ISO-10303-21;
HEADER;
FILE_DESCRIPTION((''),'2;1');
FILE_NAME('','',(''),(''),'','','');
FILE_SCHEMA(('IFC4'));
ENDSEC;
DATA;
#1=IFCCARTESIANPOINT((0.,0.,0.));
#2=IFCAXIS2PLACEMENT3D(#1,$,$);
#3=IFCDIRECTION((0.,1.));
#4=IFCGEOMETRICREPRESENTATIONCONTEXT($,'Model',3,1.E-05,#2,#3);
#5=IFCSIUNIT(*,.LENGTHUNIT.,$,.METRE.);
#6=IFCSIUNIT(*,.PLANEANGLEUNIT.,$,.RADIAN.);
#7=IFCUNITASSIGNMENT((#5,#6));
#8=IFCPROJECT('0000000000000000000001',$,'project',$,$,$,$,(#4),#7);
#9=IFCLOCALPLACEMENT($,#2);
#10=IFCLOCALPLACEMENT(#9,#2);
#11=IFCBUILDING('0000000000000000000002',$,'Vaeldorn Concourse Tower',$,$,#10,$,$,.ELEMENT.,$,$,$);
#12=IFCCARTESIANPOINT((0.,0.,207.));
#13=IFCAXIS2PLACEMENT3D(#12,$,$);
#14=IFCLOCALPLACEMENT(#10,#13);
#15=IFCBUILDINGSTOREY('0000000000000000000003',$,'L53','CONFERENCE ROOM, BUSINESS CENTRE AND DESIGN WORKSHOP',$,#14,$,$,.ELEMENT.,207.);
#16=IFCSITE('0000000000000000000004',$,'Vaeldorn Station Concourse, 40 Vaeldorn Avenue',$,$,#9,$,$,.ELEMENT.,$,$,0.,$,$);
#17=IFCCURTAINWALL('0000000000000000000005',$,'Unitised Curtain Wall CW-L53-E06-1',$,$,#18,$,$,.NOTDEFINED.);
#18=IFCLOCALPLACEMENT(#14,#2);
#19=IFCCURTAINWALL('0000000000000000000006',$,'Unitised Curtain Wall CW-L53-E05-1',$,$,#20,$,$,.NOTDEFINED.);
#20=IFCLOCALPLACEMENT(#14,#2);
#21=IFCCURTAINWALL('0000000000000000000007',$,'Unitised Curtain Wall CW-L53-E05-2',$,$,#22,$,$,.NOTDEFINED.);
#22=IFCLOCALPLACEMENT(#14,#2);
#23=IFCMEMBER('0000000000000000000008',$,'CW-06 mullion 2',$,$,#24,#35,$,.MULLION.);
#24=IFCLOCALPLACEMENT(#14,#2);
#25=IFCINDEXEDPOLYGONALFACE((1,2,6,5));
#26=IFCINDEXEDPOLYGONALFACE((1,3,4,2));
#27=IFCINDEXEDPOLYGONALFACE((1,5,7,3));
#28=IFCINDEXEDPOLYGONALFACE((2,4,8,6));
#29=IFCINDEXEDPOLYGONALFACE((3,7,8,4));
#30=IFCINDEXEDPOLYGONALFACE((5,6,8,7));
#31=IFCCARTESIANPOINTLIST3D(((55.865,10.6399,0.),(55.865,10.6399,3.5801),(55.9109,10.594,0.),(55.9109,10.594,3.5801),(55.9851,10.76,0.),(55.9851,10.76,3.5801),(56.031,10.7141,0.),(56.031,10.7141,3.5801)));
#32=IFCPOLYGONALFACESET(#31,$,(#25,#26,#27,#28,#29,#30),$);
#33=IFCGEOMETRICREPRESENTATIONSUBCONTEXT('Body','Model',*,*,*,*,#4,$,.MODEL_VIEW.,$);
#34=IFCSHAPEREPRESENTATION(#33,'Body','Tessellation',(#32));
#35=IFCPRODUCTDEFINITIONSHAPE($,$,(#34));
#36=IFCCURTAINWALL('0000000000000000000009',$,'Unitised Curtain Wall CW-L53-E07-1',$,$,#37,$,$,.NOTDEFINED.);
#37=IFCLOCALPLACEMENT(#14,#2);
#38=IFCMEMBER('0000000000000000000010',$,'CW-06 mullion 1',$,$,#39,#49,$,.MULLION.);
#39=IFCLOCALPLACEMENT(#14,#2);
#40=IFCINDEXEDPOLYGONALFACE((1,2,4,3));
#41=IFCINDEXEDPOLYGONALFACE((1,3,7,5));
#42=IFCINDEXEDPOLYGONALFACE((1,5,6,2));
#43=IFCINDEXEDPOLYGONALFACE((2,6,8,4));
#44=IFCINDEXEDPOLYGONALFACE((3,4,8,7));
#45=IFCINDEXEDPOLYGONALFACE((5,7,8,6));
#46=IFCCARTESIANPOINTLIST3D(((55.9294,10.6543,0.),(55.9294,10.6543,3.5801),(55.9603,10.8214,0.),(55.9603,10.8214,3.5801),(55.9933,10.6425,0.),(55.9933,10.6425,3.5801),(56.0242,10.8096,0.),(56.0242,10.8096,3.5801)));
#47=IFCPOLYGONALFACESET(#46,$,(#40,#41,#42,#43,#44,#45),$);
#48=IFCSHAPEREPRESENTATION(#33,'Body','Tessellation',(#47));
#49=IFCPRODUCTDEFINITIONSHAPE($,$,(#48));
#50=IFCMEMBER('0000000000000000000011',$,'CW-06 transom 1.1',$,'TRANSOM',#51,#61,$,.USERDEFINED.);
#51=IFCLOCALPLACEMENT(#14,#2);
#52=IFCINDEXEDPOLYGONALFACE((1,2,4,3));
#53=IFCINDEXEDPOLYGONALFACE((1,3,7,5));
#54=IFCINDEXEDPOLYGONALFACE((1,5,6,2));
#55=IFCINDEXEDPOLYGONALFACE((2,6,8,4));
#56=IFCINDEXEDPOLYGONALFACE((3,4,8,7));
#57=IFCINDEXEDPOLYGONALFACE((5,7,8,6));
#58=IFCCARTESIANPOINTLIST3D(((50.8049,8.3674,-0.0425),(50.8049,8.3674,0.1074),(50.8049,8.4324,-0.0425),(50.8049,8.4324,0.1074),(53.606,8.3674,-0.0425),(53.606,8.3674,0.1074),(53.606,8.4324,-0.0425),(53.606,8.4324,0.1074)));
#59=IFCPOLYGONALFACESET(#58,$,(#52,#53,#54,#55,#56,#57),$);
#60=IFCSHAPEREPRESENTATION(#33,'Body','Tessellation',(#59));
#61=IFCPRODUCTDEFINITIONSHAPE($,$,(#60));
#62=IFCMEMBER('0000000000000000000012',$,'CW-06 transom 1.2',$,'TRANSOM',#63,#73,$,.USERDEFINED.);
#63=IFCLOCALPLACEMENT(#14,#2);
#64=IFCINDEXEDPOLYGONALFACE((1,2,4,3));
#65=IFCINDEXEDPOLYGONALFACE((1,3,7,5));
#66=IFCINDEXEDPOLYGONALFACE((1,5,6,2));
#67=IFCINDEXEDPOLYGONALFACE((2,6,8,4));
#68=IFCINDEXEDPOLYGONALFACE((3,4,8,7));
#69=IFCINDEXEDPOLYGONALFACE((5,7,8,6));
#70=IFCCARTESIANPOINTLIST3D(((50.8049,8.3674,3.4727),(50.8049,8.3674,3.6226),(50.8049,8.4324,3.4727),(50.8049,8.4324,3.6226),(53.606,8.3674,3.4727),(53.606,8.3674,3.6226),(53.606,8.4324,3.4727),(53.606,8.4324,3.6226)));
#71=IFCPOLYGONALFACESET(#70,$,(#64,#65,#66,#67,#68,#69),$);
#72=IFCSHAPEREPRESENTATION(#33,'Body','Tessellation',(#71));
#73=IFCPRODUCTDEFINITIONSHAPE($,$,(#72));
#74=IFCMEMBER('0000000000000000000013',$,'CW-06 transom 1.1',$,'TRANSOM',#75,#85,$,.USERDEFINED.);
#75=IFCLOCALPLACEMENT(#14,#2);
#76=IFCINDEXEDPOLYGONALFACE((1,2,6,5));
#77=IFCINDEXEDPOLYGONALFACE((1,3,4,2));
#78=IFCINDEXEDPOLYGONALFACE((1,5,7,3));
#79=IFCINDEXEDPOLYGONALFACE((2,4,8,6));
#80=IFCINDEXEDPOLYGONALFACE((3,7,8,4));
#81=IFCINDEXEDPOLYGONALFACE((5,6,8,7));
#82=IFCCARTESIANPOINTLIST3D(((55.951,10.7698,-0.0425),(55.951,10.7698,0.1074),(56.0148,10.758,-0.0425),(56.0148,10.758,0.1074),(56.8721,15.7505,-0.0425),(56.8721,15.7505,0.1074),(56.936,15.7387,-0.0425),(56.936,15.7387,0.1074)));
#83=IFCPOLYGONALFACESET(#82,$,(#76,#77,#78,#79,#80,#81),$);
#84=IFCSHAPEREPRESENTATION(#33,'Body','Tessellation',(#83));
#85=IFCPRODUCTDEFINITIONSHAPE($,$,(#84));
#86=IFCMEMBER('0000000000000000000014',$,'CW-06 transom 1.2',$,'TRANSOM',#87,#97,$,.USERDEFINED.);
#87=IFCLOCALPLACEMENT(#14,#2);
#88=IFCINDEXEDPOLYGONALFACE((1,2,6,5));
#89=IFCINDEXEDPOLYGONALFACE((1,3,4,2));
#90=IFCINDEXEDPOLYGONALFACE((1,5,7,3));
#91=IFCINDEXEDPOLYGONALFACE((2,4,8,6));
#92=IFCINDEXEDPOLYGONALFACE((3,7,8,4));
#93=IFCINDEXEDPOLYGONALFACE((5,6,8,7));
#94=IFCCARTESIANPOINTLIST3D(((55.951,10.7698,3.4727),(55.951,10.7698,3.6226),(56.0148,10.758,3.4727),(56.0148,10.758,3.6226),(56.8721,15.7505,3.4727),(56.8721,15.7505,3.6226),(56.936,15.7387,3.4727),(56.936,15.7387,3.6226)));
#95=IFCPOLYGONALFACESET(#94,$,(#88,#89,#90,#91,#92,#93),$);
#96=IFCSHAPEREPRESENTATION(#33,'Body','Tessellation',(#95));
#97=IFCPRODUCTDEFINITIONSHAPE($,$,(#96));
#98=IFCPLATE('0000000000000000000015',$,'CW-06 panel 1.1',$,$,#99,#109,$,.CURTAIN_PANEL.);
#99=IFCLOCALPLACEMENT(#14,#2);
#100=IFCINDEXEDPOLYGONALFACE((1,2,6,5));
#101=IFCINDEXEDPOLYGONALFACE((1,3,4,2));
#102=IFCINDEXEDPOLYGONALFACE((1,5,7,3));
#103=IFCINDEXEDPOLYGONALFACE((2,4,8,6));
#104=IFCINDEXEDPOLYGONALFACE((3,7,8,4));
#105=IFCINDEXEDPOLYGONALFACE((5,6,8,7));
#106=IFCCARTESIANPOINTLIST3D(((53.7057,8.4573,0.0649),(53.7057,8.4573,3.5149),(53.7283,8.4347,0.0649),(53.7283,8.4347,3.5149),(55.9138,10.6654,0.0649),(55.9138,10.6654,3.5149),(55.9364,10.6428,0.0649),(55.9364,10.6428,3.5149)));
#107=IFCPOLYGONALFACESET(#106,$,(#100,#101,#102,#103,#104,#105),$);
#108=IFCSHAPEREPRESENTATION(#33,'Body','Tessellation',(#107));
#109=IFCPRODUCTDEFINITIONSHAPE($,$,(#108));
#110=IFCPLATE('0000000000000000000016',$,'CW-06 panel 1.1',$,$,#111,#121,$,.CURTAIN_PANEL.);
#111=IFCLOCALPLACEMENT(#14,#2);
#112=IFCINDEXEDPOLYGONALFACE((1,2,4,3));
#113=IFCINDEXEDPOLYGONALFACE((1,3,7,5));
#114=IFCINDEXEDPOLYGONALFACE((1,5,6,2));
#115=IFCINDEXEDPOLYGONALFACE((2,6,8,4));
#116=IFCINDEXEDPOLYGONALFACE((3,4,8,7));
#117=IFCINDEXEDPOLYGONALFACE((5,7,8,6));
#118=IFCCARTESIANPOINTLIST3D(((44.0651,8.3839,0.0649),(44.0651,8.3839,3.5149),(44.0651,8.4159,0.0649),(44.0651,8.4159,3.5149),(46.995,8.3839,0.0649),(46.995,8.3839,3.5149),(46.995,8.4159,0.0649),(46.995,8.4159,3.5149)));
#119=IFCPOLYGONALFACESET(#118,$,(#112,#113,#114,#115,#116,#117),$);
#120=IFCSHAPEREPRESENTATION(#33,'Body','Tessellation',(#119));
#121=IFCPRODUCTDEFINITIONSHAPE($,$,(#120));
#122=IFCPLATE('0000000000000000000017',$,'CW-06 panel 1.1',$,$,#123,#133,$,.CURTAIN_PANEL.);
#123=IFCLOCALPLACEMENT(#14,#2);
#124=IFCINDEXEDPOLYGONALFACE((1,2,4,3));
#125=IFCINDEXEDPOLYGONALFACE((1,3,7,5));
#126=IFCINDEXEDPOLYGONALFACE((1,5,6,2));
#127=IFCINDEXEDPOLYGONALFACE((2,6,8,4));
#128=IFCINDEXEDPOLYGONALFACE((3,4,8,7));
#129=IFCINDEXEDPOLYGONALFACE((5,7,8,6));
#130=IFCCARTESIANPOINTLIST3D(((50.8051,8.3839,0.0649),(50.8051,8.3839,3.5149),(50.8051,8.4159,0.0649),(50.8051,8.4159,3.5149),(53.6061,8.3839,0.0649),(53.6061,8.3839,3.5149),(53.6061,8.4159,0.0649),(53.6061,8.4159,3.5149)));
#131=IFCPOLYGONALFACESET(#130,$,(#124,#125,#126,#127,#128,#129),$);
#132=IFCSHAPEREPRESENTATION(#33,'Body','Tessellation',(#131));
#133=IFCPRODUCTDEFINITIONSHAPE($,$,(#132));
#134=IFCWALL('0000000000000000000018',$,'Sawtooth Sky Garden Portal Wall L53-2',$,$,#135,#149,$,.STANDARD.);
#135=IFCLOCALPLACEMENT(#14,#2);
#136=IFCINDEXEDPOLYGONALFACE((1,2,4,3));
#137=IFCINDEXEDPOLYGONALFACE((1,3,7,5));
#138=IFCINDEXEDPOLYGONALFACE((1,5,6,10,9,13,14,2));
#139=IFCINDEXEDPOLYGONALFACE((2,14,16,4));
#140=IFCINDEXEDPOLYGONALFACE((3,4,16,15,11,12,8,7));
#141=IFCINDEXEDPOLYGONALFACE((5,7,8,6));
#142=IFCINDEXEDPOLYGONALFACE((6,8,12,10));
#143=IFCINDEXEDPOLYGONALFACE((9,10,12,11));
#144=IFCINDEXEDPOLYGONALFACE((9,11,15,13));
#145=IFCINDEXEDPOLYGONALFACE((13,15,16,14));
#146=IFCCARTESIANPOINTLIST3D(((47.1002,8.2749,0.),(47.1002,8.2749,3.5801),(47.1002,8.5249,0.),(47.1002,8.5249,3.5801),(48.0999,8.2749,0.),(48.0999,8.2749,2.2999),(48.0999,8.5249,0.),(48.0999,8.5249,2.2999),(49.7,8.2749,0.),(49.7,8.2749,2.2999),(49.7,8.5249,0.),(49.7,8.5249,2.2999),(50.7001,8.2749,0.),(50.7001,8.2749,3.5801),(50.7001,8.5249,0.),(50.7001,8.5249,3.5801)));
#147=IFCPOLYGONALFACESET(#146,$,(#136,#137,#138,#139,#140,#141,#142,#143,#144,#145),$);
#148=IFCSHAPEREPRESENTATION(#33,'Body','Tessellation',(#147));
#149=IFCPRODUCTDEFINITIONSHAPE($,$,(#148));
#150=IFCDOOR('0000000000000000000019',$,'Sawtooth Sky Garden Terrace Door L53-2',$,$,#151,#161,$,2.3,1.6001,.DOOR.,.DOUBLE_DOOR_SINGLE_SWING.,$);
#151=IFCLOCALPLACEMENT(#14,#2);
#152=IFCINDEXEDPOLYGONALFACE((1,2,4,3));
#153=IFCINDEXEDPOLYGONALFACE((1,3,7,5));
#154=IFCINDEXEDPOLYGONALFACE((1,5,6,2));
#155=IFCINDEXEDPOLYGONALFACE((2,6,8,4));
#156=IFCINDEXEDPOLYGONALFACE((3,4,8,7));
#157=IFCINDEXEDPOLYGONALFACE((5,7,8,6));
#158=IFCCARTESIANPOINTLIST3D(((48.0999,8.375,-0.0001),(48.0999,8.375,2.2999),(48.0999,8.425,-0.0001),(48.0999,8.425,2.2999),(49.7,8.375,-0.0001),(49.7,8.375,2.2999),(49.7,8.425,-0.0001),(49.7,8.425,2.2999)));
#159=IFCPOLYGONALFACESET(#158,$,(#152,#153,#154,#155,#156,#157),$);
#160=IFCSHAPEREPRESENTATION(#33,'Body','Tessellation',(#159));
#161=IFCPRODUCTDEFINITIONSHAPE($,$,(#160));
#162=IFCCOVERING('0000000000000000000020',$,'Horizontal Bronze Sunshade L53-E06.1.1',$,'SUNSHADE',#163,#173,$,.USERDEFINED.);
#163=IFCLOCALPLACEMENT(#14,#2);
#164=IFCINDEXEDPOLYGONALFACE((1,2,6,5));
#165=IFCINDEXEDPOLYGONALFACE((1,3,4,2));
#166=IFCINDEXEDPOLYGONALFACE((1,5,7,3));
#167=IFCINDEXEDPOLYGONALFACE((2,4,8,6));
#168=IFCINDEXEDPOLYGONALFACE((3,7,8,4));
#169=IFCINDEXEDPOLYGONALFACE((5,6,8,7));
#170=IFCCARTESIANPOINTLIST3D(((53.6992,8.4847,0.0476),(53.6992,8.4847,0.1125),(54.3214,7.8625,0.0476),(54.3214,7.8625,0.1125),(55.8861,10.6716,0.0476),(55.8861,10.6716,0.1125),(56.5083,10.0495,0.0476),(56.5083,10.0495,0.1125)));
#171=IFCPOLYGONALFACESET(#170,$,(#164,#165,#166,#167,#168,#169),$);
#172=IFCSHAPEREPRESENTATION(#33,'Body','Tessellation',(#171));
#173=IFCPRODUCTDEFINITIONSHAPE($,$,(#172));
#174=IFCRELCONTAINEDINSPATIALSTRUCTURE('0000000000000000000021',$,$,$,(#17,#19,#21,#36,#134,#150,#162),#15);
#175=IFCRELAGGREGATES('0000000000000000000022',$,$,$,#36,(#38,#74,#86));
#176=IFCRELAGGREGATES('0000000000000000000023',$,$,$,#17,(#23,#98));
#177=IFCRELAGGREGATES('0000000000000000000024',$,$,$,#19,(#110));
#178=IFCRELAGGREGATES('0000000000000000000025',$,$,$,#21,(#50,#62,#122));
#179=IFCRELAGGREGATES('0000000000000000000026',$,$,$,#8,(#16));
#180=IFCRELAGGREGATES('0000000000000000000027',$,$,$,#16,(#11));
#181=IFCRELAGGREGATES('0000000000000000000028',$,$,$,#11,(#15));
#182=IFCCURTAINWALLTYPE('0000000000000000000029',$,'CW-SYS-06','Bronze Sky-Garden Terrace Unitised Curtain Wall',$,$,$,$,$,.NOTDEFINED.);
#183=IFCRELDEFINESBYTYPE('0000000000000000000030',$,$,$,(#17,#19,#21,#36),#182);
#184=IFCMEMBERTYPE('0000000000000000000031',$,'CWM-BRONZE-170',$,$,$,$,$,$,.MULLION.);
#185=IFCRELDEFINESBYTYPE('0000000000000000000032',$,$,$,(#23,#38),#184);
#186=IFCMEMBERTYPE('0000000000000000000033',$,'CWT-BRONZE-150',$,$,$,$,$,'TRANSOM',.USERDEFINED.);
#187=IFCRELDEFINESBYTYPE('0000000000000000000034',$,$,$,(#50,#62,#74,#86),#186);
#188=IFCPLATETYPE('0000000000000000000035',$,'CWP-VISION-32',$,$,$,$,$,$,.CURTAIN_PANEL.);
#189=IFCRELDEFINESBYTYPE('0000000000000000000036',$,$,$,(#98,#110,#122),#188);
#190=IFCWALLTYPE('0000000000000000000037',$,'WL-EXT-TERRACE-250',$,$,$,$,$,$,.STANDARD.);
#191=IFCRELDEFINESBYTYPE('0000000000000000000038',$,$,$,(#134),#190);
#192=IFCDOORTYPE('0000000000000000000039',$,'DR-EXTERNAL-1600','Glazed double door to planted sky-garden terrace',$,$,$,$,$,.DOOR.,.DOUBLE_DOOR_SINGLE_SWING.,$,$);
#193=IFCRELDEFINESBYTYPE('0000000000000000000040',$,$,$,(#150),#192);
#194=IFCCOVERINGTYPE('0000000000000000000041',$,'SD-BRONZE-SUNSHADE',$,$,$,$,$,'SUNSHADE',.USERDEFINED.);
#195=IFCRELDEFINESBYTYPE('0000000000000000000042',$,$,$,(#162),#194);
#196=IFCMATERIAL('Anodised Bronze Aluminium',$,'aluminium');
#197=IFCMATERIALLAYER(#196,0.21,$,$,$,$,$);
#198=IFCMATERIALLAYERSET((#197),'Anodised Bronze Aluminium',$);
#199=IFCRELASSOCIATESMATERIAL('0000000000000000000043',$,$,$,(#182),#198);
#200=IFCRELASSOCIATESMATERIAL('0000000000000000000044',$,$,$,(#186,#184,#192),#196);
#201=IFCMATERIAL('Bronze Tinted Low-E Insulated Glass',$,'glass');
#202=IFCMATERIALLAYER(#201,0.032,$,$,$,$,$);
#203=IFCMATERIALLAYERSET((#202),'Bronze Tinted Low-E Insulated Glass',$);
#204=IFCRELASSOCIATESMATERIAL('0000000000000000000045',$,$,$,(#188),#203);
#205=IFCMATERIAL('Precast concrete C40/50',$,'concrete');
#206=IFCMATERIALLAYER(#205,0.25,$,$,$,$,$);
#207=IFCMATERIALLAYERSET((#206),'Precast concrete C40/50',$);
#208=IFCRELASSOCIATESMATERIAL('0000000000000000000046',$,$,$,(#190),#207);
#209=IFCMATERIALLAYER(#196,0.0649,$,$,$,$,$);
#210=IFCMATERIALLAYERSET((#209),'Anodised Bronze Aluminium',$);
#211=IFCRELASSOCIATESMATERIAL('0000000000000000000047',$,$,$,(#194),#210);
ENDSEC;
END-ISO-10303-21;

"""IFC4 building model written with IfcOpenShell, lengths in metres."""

from ifc_helpers import new_model, si_unit, direction, frame, frame_2d, origin, origin_2d, place, context, subcontext, project, spatial, rectangle, extrude, source, transform, mapped, material, layer, layer_set, material_profile, profile_set, type_object, element, fill, aggregate, save


model = new_model("IFC4")

# Units and contexts
model_context = context("Model", 3, precision=1e-05, world=origin(), true_north=direction((0.0, 1.0)))
body_context = subcontext(model_context, "Body", "Model", "MODEL_VIEW")
ifc_project = project(units=[si_unit("LENGTHUNIT", "METRE"), si_unit("PLANEANGLEUNIT", "RADIAN")], contexts=[model_context])

# Site, building, storey
site_placement = place(None, origin())
site = spatial("IfcSite", under=ifc_project, at=site_placement, Name="Vaeldorn Station Concourse, 40 Vaeldorn Avenue", CompositionType="ELEMENT", RefElevation=0.0)
building_placement = place(site_placement, origin())
building = spatial("IfcBuilding", under=site, at=building_placement, Name="Vaeldorn Concourse Tower", CompositionType="ELEMENT")
storey_placement = place(building_placement, frame((0.0, 0.0, 207.0)))
storey = spatial("IfcBuildingStorey", under=building, at=storey_placement, Name="L53", Description="CONFERENCE ROOM, BUSINESS CENTRE AND DESIGN WORKSHOP", CompositionType="ELEMENT", Elevation=207.0)

# Curtain wall
ifc_material_1 = material(Name="Anodised Bronze Aluminium", Category="aluminium")
ifc_layer_1 = layer(ifc_material_1, 0.21)
ifc_layer_set_1 = layer_set([ifc_layer_1], Name="Anodised Bronze Aluminium")
curtain_wall_type = type_object("IfcCurtainWallType", Name="CW-SYS-06", Description="Bronze Sky-Garden Terrace Unitised Curtain Wall", PredefinedType="NOTDEFINED", material=ifc_layer_set_1)
curtain_wall_1_placement = place(storey_placement, origin())
curtain_wall_1 = element("IfcCurtainWall", 1, at=curtain_wall_1_placement, inside=storey, type_object=curtain_wall_type, Name="Unitised Curtain Wall CW-L53-E06-1", PredefinedType="NOTDEFINED")
ifc_material_profile_1 = material_profile(ifc_material_1, rectangle(XDim=0.0649, YDim=0.1499, at=origin_2d()), Name="CWT 65x150")
ifc_profile_set_1 = profile_set([ifc_material_profile_1], Name="Anodised Bronze Aluminium")
member_type_1 = type_object("IfcMemberType", Name="CWT-BRONZE-150", ElementType="TRANSOM", PredefinedType="USERDEFINED", material=ifc_profile_set_1)

# Curtain wall
curtain_wall_2_placement = place(storey_placement, origin())
curtain_wall_2 = element("IfcCurtainWall", 2, at=curtain_wall_2_placement, inside=storey, type_object=curtain_wall_type, Name="Unitised Curtain Wall CW-L53-E05-1", PredefinedType="NOTDEFINED")
ifc_material_profile_2 = material_profile(ifc_material_1, rectangle(XDim=0.0649, YDim=0.1699, at=origin_2d()), Name="CWM 65x170")
ifc_profile_set_2 = profile_set([ifc_material_profile_2], Name="Anodised Bronze Aluminium")
member_type_2 = type_object("IfcMemberType", Name="CWM-BRONZE-170", PredefinedType="MULLION", material=ifc_profile_set_2)
shared_shape_1 = source(origin(), body_context, "Body", "SweptSolid", [
    extrude(rectangle(XDim=0.0649, YDim=0.1699, at=origin_2d()), origin(), (0.0, 0.0, 1.0), 3.5801),
])

# Curtain wall
curtain_wall_3_placement = place(storey_placement, origin())
curtain_wall_3 = element("IfcCurtainWall", 3, at=curtain_wall_3_placement, inside=storey, type_object=curtain_wall_type, Name="Unitised Curtain Wall CW-L53-E05-2", PredefinedType="NOTDEFINED")

# Member
member_1_placement = place(storey_placement, frame((55.948, 10.677, 0.0), z_axis=(0.0, 0.0, 1.0), x_axis=(-0.707107, 0.707107, 0.0)))
member_1 = element("IfcMember", 4, at=member_1_placement, type_object=member_type_2, Name="CW-06 mullion 2", PredefinedType="MULLION", context=body_context, shape_type="MappedRepresentation", body=[
    mapped(shared_shape_1, transform((0.0, 0.0, 0.0), scale=1.0)),
])

# Curtain wall, member
curtain_wall_4_placement = place(storey_placement, origin())
curtain_wall_4 = element("IfcCurtainWall", 5, at=curtain_wall_4_placement, inside=storey, type_object=curtain_wall_type, Name="Unitised Curtain Wall CW-L53-E07-1", PredefinedType="NOTDEFINED")
member_2_placement = place(storey_placement, frame((55.9768, 10.7319, 0.0), z_axis=(0.0, 0.0, 1.0), x_axis=(-0.983319, 0.181889, 0.0)))
member_2 = element("IfcMember", 6, at=member_2_placement, type_object=member_type_2, Name="CW-06 mullion 1", PredefinedType="MULLION", context=body_context, shape_type="MappedRepresentation", body=[
    mapped(shared_shape_1, transform((0.0, 0.0, 0.0), scale=1.0)),
])

# Members
shared_shape_2 = source(origin(), body_context, "Body", "SweptSolid", [
    extrude(rectangle(XDim=0.0649, YDim=0.1499, at=origin_2d()), origin(), (0.0, 0.0, 1.0), 2.801),
])
member_3_placement = place(storey_placement, frame((50.8049, 8.3999, 0.0325), z_axis=(1.0, 0.0, 0.0), x_axis=(0.0, 1.0, 0.0)))
member_3 = element("IfcMember", 7, at=member_3_placement, type_object=member_type_1, Name="CW-06 transom 1.1", ObjectType="TRANSOM", PredefinedType="USERDEFINED", context=body_context, shape_type="MappedRepresentation", body=[
    mapped(shared_shape_2, transform((0.0, 0.0, 0.0), scale=1.0)),
])
member_4_placement = place(storey_placement, frame((50.8049, 8.3999, 3.5476), z_axis=(1.0, 0.0, 0.0), x_axis=(0.0, 1.0, 0.0)))
member_4 = element("IfcMember", 8, at=member_4_placement, type_object=member_type_1, Name="CW-06 transom 1.2", ObjectType="TRANSOM", PredefinedType="USERDEFINED", context=body_context, shape_type="MappedRepresentation", body=[
    mapped(shared_shape_2, transform((0.0, 0.0, 0.0), scale=1.0)),
])
shared_shape_3 = source(origin(), body_context, "Body", "SweptSolid", [
    extrude(rectangle(XDim=0.0649, YDim=0.1499, at=origin_2d()), origin(), (0.0, 0.0, 1.0), 5.0652),
])
member_5_placement = place(storey_placement, frame((55.9829, 10.7639, 0.0325), z_axis=(0.181858, 0.983325, 0.0), x_axis=(-0.983325, 0.181858, 0.0)))
member_5 = element("IfcMember", 9, at=member_5_placement, type_object=member_type_1, Name="CW-06 transom 1.1", ObjectType="TRANSOM", PredefinedType="USERDEFINED", context=body_context, shape_type="MappedRepresentation", body=[
    mapped(shared_shape_3, transform((0.0, 0.0, 0.0), scale=1.0)),
])
member_6_placement = place(storey_placement, frame((55.9829, 10.7639, 3.5476), z_axis=(0.181858, 0.983325, 0.0), x_axis=(-0.983325, 0.181858, 0.0)))
member_6 = element("IfcMember", 10, at=member_6_placement, type_object=member_type_1, Name="CW-06 transom 1.2", ObjectType="TRANSOM", PredefinedType="USERDEFINED", context=body_context, shape_type="MappedRepresentation", body=[
    mapped(shared_shape_3, transform((0.0, 0.0, 0.0), scale=1.0)),
])
aggregate(curtain_wall_4, [member_2, member_5, member_6])

# Plates
ifc_material_2 = material(Name="Bronze Tinted Low-E Insulated Glass", Category="glass")
ifc_layer_2 = layer(ifc_material_2, 0.032)
ifc_layer_set_2 = layer_set([ifc_layer_2], Name="Bronze Tinted Low-E Insulated Glass")
plate_type = type_object("IfcPlateType", Name="CWP-VISION-32", PredefinedType="CURTAIN_PANEL", material=ifc_layer_set_2)
shared_shape_4 = source(origin(), body_context, "Body", "SweptSolid", [
    extrude(rectangle(XDim=3.1228, YDim=0.032, at=origin_2d()), origin(), (0.0, 0.0, 1.0), 3.45),
])
plate_1_placement = place(storey_placement, frame((54.821, 9.55, 0.0649), z_axis=(0.0, 0.0, 1.0), x_axis=(0.707107, 0.707107, 0.0)))
plate_1 = element("IfcPlate", 11, at=plate_1_placement, type_object=plate_type, Name="CW-06 panel 1.1", PredefinedType="CURTAIN_PANEL", context=body_context, shape_type="MappedRepresentation", body=[
    mapped(shared_shape_4, transform((0.0, 0.0, 0.0), scale=1.0)),
])
aggregate(curtain_wall_1, [member_1, plate_1])
shared_shape_5 = source(origin(), body_context, "Body", "SweptSolid", [
    extrude(rectangle(XDim=2.9299, YDim=0.032, at=origin_2d()), origin(), (0.0, 0.0, 1.0), 3.45),
])
plate_2_placement = place(storey_placement, frame((45.53, 8.3999, 0.0649), z_axis=(0.0, 0.0, 1.0), x_axis=(1.0, 0.0, 0.0)))
plate_2 = element("IfcPlate", 12, at=plate_2_placement, type_object=plate_type, Name="CW-06 panel 1.1", PredefinedType="CURTAIN_PANEL", context=body_context, shape_type="MappedRepresentation", body=[
    mapped(shared_shape_5, transform((0.0, 0.0, 0.0), scale=1.0)),
])
aggregate(curtain_wall_2, [plate_2])
shared_shape_6 = source(origin(), body_context, "Body", "SweptSolid", [
    extrude(rectangle(XDim=2.801, YDim=0.032, at=origin_2d()), origin(), (0.0, 0.0, 1.0), 3.45),
])
plate_3_placement = place(storey_placement, frame((52.2056, 8.3999, 0.0649), z_axis=(0.0, 0.0, 1.0), x_axis=(1.0, 0.0, 0.0)))
plate_3 = element("IfcPlate", 13, at=plate_3_placement, type_object=plate_type, Name="CW-06 panel 1.1", PredefinedType="CURTAIN_PANEL", context=body_context, shape_type="MappedRepresentation", body=[
    mapped(shared_shape_6, transform((0.0, 0.0, 0.0), scale=1.0)),
])
aggregate(curtain_wall_3, [member_3, member_4, plate_3])

# Wall, opening, door
ifc_material_3 = material(Name="Precast concrete C40/50", Category="concrete")
ifc_layer_3 = layer(ifc_material_3, 0.25)
ifc_layer_set_3 = layer_set([ifc_layer_3], Name="Precast concrete C40/50")
wall_type = type_object("IfcWallType", Name="WL-EXT-TERRACE-250", PredefinedType="STANDARD", material=ifc_layer_set_3)
wall_placement = place(storey_placement, frame((50.7, 8.3999, 0.0), z_axis=(0.0, 0.0, 1.0), x_axis=(-1.0, 0.0, 0.0)))
wall = element("IfcWall", 14, at=wall_placement, inside=storey, type_object=wall_type, Name="Sawtooth Sky Garden Portal Wall L53-2", PredefinedType="STANDARD", context=body_context, shape_type="SweptSolid", body=[
    extrude(rectangle(XDim=3.5999, YDim=0.25, at=frame_2d((1.7998, 0.0))), origin(), (0.0, 0.0, 1.0), 3.5801),
])
opening_placement = place(wall_placement, frame((1.0, 0.0, 0.0)))
opening = element("IfcOpeningElement", 15, at=opening_placement, cuts=wall, PredefinedType="OPENING", context=body_context, shape_type="SweptSolid", body=[
    extrude(rectangle(XDim=1.6001, YDim=2.3, at=frame_2d((0.8, 1.1499))), frame((0.0, 0.135, 0.0), z_axis=(0.0, -1.0, 0.0), x_axis=(1.0, 0.0, 0.0)), (0.0, 0.0, 1.0), 0.27),
])
door_type = type_object("IfcDoorType", Name="DR-EXTERNAL-1600", Description="Glazed double door to planted sky-garden terrace", OperationType="DOUBLE_DOOR_SINGLE_SWING", PredefinedType="DOOR", material=ifc_material_1)
shared_shape_7 = source(origin(), body_context, "Body", "SweptSolid", [
    extrude(rectangle(XDim=1.6001, YDim=2.3, at=frame_2d((0.8, 1.1499))), frame((0.0, 0.0249, 0.0), z_axis=(0.0, -1.0, 0.0), x_axis=(1.0, 0.0, 0.0)), (0.0, 0.0, 1.0), 0.05),
])
door_placement = place(opening_placement, origin())
door = element("IfcDoor", 16, at=door_placement, inside=storey, type_object=door_type, Name="Sawtooth Sky Garden Terrace Door L53-2", OperationType="DOUBLE_DOOR_SINGLE_SWING", OverallHeight=2.3, OverallWidth=1.6001, PredefinedType="DOOR", context=body_context, shape_type="MappedRepresentation", body=[
    mapped(shared_shape_7, transform((0.0, 0.0, 0.0), scale=1.0)),
])
fill(opening, door)

# Covering
ifc_layer_4 = layer(ifc_material_1, 0.0649)
ifc_layer_set_4 = layer_set([ifc_layer_4], Name="Anodised Bronze Aluminium")
covering_type = type_object("IfcCoveringType", Name="SD-BRONZE-SUNSHADE", ElementType="SUNSHADE", PredefinedType="USERDEFINED", material=ifc_layer_set_4)
shared_shape_8 = source(origin(), body_context, "Body", "SweptSolid", [
    extrude(rectangle(XDim=3.0928, YDim=0.8799, at=origin_2d()), origin(), (0.0, 0.0, 1.0), 0.0649),
])
for number, where, z_axis, x_axis, name in (
    (17, (55.1038, 9.2671, 0.0476), (0.0, 0.0, 1.0), (0.707107, 0.707107, 0.0), "Horizontal Bronze Sunshade L53-E06.1.1"),
):
    element("IfcCovering", number, at=place(storey_placement, frame(where, z_axis=z_axis, x_axis=x_axis)), inside=storey, type_object=covering_type, Name=name, ObjectType="SUNSHADE", PredefinedType="USERDEFINED", context=body_context, shape_type="MappedRepresentation", body=[
        mapped(shared_shape_8, transform((0.0, 0.0, 0.0), scale=1.0)),
    ])

save(model, "model.ifc")
